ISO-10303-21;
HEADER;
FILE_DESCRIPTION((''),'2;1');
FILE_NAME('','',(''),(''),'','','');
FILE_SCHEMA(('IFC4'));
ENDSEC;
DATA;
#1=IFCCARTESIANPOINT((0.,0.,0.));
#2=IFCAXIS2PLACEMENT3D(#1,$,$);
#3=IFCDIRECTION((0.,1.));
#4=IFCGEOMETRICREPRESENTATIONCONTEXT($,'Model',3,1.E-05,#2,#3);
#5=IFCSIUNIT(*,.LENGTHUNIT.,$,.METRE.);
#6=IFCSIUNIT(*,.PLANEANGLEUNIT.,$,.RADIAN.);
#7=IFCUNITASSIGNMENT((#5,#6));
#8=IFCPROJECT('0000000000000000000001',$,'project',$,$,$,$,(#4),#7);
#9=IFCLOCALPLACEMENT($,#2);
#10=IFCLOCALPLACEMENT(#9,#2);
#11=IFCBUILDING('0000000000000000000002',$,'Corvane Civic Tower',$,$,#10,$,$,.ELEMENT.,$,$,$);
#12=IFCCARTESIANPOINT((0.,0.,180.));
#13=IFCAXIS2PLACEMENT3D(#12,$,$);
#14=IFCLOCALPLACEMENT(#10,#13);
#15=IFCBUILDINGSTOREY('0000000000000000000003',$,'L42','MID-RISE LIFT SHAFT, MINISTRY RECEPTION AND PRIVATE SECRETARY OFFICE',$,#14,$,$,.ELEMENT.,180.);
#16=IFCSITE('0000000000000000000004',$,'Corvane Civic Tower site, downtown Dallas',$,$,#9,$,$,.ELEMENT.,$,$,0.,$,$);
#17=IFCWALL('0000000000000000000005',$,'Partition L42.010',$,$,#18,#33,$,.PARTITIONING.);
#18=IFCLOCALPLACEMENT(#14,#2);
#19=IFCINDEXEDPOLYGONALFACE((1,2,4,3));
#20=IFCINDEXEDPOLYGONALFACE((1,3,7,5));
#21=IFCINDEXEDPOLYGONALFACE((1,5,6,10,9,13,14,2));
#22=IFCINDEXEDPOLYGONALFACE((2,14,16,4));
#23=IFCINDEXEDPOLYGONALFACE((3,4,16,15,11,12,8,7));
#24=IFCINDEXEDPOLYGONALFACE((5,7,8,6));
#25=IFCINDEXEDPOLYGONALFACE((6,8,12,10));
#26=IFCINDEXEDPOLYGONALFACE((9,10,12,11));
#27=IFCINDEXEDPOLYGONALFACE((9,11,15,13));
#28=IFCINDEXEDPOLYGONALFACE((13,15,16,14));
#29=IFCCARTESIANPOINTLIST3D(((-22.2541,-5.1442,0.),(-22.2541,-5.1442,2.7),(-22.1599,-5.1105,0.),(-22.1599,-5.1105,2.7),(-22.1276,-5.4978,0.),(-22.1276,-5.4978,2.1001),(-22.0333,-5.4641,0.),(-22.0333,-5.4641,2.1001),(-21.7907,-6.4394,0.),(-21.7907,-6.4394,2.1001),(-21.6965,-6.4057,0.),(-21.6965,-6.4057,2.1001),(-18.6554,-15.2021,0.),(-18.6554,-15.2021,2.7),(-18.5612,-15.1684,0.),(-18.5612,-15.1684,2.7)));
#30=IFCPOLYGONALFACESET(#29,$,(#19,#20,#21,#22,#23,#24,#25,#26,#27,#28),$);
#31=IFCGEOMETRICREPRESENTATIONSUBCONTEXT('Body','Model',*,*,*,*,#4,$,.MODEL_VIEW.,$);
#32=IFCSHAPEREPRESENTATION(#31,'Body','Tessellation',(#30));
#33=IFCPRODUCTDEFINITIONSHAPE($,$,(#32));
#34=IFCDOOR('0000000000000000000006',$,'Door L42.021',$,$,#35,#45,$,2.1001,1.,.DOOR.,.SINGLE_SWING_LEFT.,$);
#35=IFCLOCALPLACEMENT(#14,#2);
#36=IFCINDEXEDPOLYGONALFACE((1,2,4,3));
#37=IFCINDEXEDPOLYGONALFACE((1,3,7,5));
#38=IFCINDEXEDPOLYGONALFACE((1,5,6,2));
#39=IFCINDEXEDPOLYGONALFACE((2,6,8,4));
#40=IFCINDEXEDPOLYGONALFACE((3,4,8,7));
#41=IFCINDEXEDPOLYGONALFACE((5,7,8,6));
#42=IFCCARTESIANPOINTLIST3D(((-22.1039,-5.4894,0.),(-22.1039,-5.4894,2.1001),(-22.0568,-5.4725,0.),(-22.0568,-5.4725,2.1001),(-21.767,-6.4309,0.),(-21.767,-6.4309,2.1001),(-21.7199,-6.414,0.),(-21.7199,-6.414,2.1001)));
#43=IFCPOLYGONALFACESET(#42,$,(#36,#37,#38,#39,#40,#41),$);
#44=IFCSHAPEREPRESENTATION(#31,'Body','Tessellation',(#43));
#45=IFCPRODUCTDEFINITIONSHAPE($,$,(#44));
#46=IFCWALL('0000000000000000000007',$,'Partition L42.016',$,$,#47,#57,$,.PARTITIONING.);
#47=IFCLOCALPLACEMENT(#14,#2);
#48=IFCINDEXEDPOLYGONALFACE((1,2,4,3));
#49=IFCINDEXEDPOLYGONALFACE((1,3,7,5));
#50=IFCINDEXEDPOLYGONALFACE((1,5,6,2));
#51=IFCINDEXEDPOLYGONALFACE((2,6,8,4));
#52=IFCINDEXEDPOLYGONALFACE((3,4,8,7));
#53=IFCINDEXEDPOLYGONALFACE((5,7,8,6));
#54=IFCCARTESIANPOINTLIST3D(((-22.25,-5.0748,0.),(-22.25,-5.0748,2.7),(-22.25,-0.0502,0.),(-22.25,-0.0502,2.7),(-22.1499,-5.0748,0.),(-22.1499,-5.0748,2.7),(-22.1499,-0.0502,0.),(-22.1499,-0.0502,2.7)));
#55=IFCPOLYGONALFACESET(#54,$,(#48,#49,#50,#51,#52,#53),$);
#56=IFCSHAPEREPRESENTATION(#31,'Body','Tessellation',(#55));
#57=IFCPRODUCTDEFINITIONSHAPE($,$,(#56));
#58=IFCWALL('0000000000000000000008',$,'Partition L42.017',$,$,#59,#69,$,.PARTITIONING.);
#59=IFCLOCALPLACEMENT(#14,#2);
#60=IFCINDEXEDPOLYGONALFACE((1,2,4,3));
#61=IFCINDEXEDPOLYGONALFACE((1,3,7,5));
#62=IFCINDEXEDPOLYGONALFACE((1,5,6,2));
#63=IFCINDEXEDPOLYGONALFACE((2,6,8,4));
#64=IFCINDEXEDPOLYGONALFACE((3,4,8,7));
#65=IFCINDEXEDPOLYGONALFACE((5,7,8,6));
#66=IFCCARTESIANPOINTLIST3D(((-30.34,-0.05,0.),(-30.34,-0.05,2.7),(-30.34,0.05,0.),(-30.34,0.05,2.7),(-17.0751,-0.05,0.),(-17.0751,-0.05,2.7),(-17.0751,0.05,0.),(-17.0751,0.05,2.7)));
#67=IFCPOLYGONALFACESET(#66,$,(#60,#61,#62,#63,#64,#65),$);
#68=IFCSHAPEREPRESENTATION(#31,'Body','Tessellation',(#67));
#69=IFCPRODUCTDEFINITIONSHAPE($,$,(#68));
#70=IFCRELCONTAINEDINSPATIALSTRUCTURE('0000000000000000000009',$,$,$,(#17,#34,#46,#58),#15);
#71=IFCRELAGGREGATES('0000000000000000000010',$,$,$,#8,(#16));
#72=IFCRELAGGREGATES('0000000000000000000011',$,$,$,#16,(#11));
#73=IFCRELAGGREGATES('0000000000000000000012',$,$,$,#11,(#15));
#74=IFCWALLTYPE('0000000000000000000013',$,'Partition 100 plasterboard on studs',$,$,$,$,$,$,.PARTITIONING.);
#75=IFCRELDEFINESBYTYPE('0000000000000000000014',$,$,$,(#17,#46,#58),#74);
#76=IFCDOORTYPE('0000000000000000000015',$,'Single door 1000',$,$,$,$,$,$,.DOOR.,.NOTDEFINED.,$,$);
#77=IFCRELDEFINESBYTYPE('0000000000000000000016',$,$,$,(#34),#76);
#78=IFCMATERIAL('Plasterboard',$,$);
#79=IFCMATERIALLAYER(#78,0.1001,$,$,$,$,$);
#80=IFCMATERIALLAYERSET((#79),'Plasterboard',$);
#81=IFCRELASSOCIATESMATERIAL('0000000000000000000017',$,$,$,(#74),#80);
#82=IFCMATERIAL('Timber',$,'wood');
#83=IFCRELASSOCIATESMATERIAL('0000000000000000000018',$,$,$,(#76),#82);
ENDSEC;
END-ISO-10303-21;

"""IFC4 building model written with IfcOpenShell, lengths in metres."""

from ifc_helpers import new_model, si_unit, direction, frame, frame_2d, origin, place, context, subcontext, project, spatial, rectangle, extrude, material, layer, layer_set, type_object, element, fill, save


model = new_model("IFC4")

# Units and contexts
model_context = context("Model", 3, precision=1e-05, world=origin(), true_north=direction((0.0, 1.0)))
body_context = subcontext(model_context, "Body", "Model", "MODEL_VIEW")
ifc_project = project(units=[si_unit("LENGTHUNIT", "METRE"), si_unit("PLANEANGLEUNIT", "RADIAN")], contexts=[model_context])

# Site, building, storey
site_placement = place(None, origin())
site = spatial("IfcSite", under=ifc_project, at=site_placement, Name="Corvane Civic Tower site, downtown Dallas", CompositionType="ELEMENT", RefElevation=0.0)
building_placement = place(site_placement, origin())
building = spatial("IfcBuilding", under=site, at=building_placement, Name="Corvane Civic Tower", CompositionType="ELEMENT")
storey_placement = place(building_placement, frame((0.0, 0.0, 180.0)))
storey = spatial("IfcBuildingStorey", under=building, at=storey_placement, Name="L42", Description="MID-RISE LIFT SHAFT, MINISTRY RECEPTION AND PRIVATE SECRETARY OFFICE", CompositionType="ELEMENT", Elevation=180.0)

# Wall, opening, door
ifc_material_1 = material(Name="Plasterboard")
ifc_layer_1 = layer(ifc_material_1, 0.1001)
ifc_layer_set_1 = layer_set([ifc_layer_1], Name="Plasterboard")
wall_type_1 = type_object("IfcWallType", Name="Partition 100 plasterboard on studs", PredefinedType="PARTITIONING", material=ifc_layer_set_1)
wall_1_placement = place(storey_placement, frame((-22.207, -5.1272, 0.0), z_axis=(0.0, 0.0, 1.0), x_axis=(0.336879, -0.941548, 0.0)))
wall_1 = element("IfcWall", 1, at=wall_1_placement, inside=storey, type_object=wall_type_1, Name="Partition L42.010", PredefinedType="PARTITIONING", context=body_context, shape_type="SweptSolid", body=[
    extrude(rectangle(XDim=10.6824, YDim=0.1001, at=frame_2d((5.3413, 0.0))), origin(), (0.0, 0.0, 1.0), 2.7),
])
opening_1_placement = place(wall_1_placement, frame((0.3757, 0.0, 0.0)))
opening_1 = element("IfcOpeningElement", 2, at=opening_1_placement, cuts=wall_1, PredefinedType="OPENING", context=body_context, shape_type="SweptSolid", body=[
    extrude(rectangle(XDim=1.0, YDim=2.1001, at=frame_2d((0.5, 1.05))), frame((0.0, 0.0601, 0.0), z_axis=(0.0, -1.0, 0.0), x_axis=(1.0, 0.0, 0.0)), (0.0, 0.0, 1.0), 0.1201),
])
ifc_material_2 = material(Name="Timber", Category="wood")
door_type_1 = type_object("IfcDoorType", Name="Single door 1000", OperationType="NOTDEFINED", PredefinedType="DOOR", material=ifc_material_2)
door_1_placement = place(opening_1_placement, frame((1.0, 0.0, 0.0), z_axis=(0.0, 0.0, 1.0), x_axis=(-1.0, 0.0, 0.0)))
door_1 = element("IfcDoor", 3, at=door_1_placement, inside=storey, type_object=door_type_1, Name="Door L42.021", OperationType="SINGLE_SWING_LEFT", OverallHeight=2.1001, OverallWidth=1.0, PredefinedType="DOOR", context=body_context, shape_type="SweptSolid", body=[
    extrude(rectangle(XDim=1.0, YDim=2.1001, at=frame_2d((0.5, 1.05))), frame((0.0, 0.0249, 0.0), z_axis=(0.0, -1.0, 0.0), x_axis=(1.0, 0.0, 0.0)), (0.0, 0.0, 1.0), 0.05),
])
fill(opening_1, door_1)

# Walls
wall_2_placement = place(storey_placement, frame((-22.2, -5.0747, 0.0), z_axis=(0.0, 0.0, 1.0), x_axis=(0.0, 1.0, 0.0)))
element("IfcWall", 4, at=wall_2_placement, inside=storey, type_object=wall_type_1, Name="Partition L42.016", PredefinedType="PARTITIONING", context=body_context, shape_type="SweptSolid", body=[
    extrude(rectangle(XDim=5.0247, YDim=0.1001, at=frame_2d((2.5122, 0.0))), origin(), (0.0, 0.0, 1.0), 2.7),
])
wall_3_placement = place(storey_placement, frame((-30.3398, 0.0, 0.0), z_axis=(0.0, 0.0, 1.0), x_axis=(1.0, 0.0, 0.0)))
element("IfcWall", 5, at=wall_3_placement, inside=storey, type_object=wall_type_1, Name="Partition L42.017", PredefinedType="PARTITIONING", context=body_context, shape_type="SweptSolid", body=[
    extrude(rectangle(XDim=13.2649, YDim=0.1001, at=frame_2d((6.6323, 0.0))), origin(), (0.0, 0.0, 1.0), 2.7),
])

save(model, "model.ifc")
